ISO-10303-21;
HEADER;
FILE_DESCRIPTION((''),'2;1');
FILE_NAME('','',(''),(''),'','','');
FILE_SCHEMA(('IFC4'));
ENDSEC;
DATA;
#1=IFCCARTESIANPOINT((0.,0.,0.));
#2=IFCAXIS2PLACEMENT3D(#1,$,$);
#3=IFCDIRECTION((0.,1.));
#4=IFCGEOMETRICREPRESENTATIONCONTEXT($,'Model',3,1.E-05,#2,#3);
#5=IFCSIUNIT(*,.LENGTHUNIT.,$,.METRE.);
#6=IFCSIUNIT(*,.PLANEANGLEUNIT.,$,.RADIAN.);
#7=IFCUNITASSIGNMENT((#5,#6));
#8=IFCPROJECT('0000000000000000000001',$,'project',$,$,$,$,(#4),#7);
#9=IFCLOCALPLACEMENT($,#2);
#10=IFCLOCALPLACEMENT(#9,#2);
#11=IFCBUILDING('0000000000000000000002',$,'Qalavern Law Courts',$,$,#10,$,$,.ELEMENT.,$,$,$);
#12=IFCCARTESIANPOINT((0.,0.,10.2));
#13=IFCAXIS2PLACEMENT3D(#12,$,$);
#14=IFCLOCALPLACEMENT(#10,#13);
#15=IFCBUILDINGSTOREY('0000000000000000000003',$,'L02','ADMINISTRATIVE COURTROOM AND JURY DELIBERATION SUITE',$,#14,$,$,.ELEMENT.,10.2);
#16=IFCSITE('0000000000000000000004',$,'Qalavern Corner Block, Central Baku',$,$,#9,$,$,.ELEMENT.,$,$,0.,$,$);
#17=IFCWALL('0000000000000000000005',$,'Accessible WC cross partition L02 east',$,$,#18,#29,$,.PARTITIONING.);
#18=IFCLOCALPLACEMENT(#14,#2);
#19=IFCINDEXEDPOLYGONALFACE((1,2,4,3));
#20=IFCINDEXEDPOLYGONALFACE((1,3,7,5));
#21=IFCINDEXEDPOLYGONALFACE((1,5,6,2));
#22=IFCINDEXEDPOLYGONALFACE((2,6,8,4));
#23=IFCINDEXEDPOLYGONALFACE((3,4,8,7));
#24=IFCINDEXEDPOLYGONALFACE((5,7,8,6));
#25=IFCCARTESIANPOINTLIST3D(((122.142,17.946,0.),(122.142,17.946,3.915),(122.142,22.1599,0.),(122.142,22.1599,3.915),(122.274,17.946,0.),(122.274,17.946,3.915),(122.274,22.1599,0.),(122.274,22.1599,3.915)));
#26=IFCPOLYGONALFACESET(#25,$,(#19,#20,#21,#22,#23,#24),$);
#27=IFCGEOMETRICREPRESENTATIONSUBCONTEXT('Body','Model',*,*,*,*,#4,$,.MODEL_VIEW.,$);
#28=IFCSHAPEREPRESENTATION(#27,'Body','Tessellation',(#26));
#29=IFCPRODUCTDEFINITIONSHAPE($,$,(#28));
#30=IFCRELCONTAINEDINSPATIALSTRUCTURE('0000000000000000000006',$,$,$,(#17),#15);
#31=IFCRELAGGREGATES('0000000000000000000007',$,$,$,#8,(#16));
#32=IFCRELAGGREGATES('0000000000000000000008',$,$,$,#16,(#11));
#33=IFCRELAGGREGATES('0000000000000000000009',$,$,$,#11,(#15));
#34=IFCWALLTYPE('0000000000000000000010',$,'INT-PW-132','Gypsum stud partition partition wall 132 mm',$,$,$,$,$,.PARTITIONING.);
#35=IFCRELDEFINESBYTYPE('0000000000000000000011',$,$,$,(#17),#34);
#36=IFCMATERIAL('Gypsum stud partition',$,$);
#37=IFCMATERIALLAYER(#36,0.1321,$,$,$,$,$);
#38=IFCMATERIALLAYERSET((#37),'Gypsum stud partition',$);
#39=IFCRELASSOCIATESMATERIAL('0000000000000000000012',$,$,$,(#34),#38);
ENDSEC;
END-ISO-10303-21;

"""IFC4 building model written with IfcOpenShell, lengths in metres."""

from ifc_helpers import new_model, si_unit, direction, frame, frame_2d, origin, place, context, subcontext, project, spatial, rectangle, extrude, material, layer, layer_set, type_object, element, save


model = new_model("IFC4")

# Units and contexts
model_context = context("Model", 3, precision=1e-05, world=origin(), true_north=direction((0.0, 1.0)))
body_context = subcontext(model_context, "Body", "Model", "MODEL_VIEW")
ifc_project = project(units=[si_unit("LENGTHUNIT", "METRE"), si_unit("PLANEANGLEUNIT", "RADIAN")], contexts=[model_context])

# Site, building, storey
site_placement = place(None, origin())
site = spatial("IfcSite", under=ifc_project, at=site_placement, Name="Qalavern Corner Block, Central Baku", CompositionType="ELEMENT", RefElevation=0.0)
building_placement = place(site_placement, origin())
building = spatial("IfcBuilding", under=site, at=building_placement, Name="Qalavern Law Courts", CompositionType="ELEMENT")
storey_placement = place(building_placement, frame((0.0, 0.0, 10.2)))
storey = spatial("IfcBuildingStorey", under=building, at=storey_placement, Name="L02", Description="ADMINISTRATIVE COURTROOM AND JURY DELIBERATION SUITE", CompositionType="ELEMENT", Elevation=10.2)

# Wall
ifc_material_1 = material(Name="Gypsum stud partition")
ifc_layer_1 = layer(ifc_material_1, 0.1321)
ifc_layer_set_1 = layer_set([ifc_layer_1], Name="Gypsum stud partition")
wall_type_1 = type_object("IfcWallType", Name="INT-PW-132", Description="Gypsum stud partition partition wall 132 mm", PredefinedType="PARTITIONING", material=ifc_layer_set_1)
wall_1_placement = place(storey_placement, frame((122.208, 17.946, 0.0), z_axis=(0.0, 0.0, 1.0), x_axis=(0.0, 1.0, 0.0)))
element("IfcWall", 1, at=wall_1_placement, inside=storey, type_object=wall_type_1, Name="Accessible WC cross partition L02 east", PredefinedType="PARTITIONING", context=body_context, shape_type="SweptSolid", body=[
    extrude(rectangle(XDim=4.2139, YDim=0.1321, at=frame_2d((2.1069, 0.0))), origin(), (0.0, 0.0, 1.0), 3.915),
])

save(model, "model.ifc")
